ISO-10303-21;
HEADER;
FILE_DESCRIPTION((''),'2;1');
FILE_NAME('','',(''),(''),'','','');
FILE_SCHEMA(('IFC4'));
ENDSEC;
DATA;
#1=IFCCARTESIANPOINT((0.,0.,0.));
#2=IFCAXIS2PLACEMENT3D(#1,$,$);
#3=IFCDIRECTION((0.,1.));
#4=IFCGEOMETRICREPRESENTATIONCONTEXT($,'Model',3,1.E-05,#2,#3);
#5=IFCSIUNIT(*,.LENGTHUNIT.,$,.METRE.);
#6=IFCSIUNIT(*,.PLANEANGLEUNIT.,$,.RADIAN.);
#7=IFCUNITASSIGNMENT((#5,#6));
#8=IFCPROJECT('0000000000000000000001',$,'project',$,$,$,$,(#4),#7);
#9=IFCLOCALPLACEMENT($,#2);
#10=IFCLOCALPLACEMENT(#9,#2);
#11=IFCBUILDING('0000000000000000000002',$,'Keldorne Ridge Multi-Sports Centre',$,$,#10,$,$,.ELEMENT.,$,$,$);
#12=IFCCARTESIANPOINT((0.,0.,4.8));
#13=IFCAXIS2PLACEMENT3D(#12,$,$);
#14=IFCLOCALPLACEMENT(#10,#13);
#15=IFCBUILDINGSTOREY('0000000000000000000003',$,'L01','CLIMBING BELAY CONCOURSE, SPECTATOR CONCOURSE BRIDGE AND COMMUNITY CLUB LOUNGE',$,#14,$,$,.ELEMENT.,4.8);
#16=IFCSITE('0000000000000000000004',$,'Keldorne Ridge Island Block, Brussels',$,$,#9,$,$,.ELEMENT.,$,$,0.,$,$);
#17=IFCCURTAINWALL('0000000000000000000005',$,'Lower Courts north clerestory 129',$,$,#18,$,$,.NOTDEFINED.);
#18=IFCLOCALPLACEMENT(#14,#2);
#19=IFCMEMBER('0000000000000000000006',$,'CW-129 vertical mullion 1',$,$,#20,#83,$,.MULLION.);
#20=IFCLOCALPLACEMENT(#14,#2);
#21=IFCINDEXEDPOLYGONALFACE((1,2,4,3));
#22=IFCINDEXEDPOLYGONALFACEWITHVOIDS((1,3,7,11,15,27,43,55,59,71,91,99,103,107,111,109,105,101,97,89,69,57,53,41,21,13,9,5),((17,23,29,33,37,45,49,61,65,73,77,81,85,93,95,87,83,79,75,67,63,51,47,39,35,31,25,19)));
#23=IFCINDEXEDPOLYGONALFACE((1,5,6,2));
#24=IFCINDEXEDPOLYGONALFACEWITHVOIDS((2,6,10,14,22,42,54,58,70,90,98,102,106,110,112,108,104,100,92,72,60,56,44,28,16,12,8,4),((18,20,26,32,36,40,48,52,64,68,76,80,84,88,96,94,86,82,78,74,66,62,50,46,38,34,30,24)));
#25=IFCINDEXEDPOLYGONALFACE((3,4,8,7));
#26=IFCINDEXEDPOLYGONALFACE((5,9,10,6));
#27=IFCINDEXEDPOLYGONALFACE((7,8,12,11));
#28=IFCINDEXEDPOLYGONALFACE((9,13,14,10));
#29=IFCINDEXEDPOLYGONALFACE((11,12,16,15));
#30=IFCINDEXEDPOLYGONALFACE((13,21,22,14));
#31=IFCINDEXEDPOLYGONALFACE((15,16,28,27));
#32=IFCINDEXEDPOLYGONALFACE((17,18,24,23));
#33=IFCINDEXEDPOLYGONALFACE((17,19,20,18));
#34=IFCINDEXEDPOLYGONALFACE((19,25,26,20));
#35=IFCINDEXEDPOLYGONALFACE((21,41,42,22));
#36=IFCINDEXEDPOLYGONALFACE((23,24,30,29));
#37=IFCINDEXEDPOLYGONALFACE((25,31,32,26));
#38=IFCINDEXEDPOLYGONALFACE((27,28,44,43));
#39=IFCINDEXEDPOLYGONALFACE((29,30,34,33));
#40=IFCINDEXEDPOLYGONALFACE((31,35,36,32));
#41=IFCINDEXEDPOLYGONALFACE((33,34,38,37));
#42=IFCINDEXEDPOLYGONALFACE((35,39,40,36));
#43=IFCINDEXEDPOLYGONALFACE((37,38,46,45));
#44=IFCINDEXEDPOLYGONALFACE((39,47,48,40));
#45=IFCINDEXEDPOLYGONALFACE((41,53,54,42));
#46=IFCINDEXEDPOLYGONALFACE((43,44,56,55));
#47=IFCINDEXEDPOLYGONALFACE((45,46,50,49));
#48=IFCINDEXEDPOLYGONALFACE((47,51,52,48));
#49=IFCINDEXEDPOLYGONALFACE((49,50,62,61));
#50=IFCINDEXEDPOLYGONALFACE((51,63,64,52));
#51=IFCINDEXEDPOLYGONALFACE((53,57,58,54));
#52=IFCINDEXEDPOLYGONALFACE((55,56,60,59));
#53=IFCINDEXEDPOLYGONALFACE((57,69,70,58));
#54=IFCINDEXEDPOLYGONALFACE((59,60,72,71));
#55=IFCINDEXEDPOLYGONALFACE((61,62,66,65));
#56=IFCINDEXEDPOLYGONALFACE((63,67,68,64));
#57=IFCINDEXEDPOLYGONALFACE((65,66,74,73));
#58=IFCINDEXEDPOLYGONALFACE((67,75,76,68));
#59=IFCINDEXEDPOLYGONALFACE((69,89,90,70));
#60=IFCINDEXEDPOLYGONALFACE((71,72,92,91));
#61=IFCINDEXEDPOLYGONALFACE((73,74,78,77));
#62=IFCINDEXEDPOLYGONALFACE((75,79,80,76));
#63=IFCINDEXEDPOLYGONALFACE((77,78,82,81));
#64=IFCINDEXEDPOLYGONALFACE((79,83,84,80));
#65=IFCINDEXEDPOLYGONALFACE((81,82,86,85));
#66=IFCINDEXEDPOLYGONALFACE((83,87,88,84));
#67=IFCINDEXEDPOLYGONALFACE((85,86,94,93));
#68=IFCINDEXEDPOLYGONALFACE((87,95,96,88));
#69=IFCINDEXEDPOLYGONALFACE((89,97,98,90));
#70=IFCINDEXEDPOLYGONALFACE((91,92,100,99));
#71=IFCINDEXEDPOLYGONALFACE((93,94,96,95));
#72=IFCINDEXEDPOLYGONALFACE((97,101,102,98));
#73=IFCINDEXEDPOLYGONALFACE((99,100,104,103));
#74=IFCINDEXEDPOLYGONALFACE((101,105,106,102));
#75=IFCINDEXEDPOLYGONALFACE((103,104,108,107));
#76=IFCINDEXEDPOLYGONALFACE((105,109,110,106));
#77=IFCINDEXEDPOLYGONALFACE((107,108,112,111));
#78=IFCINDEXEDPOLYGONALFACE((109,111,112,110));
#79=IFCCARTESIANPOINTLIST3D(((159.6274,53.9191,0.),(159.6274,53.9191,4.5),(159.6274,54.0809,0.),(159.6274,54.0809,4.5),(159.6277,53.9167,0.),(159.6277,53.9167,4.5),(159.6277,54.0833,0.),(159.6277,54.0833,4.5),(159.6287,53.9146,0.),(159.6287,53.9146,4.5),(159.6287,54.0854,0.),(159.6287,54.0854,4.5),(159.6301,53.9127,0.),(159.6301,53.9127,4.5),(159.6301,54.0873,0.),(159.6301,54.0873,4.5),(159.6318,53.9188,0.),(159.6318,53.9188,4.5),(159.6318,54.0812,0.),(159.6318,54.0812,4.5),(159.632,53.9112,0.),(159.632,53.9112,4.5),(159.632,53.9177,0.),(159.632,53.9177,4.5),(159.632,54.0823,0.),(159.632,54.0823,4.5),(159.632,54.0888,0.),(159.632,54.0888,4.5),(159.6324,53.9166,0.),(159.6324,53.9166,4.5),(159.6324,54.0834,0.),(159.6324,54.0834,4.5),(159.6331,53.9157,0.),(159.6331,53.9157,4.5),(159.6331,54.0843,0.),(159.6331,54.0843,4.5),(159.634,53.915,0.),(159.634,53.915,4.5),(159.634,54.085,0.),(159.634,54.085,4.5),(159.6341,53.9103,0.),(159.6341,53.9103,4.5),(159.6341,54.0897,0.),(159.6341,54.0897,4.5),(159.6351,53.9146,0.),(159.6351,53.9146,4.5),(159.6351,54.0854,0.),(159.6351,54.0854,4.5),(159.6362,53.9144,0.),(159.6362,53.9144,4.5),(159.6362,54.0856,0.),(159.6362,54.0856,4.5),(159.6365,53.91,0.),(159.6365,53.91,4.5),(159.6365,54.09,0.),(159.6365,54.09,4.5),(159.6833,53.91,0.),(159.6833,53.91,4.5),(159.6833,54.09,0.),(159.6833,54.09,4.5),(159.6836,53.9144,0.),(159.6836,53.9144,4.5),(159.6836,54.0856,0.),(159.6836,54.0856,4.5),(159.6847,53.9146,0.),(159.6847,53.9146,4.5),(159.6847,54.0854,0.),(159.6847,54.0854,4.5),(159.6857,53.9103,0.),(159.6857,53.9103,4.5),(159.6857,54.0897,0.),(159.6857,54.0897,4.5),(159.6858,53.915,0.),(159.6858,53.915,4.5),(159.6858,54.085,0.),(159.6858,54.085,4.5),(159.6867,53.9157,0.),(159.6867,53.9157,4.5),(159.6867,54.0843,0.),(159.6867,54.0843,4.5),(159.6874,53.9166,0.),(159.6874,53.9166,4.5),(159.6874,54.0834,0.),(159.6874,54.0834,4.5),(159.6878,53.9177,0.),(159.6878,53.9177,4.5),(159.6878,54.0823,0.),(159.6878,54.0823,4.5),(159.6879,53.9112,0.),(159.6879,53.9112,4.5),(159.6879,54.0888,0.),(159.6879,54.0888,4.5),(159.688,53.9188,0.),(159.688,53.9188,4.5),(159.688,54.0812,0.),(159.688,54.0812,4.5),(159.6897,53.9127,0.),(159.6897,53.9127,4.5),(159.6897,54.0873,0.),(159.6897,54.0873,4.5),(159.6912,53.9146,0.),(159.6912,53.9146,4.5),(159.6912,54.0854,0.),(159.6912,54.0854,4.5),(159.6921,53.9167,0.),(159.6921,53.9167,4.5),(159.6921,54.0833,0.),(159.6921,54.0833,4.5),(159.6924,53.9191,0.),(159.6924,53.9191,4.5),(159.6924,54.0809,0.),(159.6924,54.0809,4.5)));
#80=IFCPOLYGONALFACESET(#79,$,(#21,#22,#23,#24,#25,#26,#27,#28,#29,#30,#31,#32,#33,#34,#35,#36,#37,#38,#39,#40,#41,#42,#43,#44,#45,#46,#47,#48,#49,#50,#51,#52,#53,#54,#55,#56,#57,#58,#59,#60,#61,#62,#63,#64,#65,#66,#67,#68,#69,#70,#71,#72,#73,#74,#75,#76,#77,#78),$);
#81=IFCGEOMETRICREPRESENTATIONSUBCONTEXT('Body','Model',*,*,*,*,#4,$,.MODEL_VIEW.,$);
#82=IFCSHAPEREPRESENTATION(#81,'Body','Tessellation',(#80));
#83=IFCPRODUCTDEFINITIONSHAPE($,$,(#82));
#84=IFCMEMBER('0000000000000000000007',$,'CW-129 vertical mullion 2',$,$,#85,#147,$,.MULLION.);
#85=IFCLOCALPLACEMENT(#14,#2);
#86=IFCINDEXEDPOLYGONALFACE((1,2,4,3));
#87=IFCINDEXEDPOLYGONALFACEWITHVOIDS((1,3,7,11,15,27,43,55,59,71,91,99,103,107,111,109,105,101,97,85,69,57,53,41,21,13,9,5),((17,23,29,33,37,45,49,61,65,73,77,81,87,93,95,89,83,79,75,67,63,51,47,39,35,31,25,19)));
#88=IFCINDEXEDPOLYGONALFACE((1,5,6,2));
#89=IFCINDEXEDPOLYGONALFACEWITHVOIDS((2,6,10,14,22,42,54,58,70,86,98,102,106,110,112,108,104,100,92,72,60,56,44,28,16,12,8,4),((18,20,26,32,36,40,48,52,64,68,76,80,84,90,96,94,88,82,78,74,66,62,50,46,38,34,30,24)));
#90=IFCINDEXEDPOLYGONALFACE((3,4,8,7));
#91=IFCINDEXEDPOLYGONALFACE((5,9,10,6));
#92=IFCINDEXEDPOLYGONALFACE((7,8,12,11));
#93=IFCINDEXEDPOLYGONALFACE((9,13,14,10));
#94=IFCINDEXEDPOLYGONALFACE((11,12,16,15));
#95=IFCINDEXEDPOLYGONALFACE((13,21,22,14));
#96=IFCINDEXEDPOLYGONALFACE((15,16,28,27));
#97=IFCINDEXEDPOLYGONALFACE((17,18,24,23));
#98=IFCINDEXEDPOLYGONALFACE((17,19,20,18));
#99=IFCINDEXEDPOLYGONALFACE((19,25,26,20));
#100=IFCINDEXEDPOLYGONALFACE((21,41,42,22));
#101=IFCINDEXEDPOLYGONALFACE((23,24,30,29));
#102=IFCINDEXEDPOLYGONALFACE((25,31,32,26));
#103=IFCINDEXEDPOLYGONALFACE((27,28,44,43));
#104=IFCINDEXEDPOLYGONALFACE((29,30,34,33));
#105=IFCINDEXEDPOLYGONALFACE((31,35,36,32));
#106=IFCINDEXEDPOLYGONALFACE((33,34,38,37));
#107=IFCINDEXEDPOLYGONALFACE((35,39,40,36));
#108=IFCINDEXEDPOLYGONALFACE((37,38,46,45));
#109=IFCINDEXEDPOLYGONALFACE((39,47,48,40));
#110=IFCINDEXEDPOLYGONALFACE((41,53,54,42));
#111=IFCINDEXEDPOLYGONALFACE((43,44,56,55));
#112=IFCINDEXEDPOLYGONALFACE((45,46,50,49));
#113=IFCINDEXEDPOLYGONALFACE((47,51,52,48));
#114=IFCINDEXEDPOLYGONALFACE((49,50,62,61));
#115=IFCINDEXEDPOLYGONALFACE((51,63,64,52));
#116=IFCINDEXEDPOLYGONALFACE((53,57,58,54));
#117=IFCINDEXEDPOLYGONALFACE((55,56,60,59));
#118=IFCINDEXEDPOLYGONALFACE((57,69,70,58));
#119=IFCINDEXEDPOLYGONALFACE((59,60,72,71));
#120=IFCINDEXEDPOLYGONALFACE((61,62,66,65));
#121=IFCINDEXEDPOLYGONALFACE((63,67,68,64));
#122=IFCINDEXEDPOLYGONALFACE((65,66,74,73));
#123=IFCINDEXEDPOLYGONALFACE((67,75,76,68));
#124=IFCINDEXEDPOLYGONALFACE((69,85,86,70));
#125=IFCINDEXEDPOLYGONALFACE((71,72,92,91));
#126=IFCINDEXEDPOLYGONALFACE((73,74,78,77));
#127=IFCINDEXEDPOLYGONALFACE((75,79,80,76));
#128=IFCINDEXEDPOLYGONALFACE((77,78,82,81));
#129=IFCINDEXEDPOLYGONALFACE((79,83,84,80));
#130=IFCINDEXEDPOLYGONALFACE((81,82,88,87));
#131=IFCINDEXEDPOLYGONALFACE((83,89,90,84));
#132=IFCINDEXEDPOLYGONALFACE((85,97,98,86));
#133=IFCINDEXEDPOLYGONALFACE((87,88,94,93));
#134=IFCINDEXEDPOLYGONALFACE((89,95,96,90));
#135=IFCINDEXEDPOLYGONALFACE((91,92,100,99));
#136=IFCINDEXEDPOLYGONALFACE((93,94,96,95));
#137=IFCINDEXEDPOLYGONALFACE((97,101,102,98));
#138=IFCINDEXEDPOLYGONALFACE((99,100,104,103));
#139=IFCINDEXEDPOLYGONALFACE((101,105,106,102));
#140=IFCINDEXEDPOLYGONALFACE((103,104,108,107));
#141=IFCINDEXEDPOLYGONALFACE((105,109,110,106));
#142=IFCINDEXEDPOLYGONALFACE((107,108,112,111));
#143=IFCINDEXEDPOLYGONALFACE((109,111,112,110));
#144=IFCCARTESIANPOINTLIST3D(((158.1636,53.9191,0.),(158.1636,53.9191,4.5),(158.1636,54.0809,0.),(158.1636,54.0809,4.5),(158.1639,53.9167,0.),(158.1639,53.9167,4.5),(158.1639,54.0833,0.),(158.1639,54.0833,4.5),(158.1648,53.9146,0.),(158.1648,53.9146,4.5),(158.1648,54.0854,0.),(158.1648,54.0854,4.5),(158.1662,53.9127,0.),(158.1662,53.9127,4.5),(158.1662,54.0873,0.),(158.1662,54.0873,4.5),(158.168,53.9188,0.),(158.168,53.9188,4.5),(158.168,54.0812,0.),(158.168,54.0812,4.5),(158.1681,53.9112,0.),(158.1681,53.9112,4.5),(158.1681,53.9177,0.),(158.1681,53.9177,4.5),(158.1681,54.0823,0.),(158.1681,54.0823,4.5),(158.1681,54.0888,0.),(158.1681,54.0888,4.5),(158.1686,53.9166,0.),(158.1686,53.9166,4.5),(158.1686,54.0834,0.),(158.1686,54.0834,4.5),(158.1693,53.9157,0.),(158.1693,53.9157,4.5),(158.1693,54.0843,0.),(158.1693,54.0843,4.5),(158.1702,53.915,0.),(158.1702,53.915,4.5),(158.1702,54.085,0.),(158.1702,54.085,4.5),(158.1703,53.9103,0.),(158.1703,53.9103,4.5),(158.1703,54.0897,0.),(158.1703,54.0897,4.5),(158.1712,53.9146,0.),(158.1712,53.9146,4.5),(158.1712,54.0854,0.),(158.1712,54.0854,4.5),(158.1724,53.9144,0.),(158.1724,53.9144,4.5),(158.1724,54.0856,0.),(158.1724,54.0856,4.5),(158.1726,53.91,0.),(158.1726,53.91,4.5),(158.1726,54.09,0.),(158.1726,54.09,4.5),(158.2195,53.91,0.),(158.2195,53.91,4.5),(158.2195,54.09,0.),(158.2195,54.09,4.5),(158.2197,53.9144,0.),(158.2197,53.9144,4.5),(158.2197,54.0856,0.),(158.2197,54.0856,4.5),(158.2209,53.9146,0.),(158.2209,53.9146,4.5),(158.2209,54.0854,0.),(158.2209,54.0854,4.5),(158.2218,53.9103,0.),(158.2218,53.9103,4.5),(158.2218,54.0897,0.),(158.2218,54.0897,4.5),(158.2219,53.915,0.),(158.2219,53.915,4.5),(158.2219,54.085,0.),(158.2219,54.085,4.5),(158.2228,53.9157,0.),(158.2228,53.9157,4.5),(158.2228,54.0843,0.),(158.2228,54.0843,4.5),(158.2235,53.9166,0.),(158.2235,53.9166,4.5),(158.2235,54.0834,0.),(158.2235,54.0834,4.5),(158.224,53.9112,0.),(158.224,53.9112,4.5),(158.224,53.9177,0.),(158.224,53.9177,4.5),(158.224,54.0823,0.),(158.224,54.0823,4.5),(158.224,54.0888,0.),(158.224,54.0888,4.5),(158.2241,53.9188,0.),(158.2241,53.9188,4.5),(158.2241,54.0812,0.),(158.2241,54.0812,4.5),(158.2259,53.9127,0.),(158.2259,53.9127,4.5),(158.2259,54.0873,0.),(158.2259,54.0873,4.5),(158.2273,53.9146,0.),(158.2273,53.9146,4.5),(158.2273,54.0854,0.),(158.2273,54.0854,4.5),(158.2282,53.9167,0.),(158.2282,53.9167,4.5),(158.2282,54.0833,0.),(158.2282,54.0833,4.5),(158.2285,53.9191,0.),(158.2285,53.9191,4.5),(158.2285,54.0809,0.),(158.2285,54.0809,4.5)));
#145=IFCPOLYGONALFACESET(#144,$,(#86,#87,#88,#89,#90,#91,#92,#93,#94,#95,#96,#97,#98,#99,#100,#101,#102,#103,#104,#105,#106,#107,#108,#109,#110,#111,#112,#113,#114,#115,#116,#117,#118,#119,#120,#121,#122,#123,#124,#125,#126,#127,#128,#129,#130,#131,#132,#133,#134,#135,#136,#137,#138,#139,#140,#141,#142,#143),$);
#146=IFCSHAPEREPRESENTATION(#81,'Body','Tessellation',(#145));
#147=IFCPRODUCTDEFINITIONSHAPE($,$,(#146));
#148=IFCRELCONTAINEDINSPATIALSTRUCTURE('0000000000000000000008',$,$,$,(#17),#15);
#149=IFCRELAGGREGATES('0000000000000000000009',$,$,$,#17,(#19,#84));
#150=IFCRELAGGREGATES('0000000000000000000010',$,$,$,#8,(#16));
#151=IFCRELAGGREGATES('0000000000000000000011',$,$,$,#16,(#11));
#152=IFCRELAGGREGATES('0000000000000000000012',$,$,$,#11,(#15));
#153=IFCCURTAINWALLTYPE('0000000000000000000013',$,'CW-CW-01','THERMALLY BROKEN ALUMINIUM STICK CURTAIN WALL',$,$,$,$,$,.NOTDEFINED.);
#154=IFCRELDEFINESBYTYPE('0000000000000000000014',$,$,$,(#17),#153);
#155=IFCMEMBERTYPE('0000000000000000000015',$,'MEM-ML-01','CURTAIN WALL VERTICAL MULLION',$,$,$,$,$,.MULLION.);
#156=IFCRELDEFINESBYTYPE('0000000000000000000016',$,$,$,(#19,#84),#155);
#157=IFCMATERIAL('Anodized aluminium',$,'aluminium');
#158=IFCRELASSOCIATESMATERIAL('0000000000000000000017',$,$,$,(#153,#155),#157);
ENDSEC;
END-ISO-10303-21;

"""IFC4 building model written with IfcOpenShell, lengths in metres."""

from ifc_helpers import new_model, si_unit, direction, frame, origin, origin_2d, place, context, subcontext, project, spatial, hollow_rectangle, extrude, material, material_profile, profile_set, type_object, element, aggregate, save


model = new_model("IFC4")

# Units and contexts
model_context = context("Model", 3, precision=1e-05, world=origin(), true_north=direction((0.0, 1.0)))
body_context = subcontext(model_context, "Body", "Model", "MODEL_VIEW")
ifc_project = project(units=[si_unit("LENGTHUNIT", "METRE"), si_unit("PLANEANGLEUNIT", "RADIAN")], contexts=[model_context])

# Site, building, storey
site_placement = place(None, origin())
site = spatial("IfcSite", under=ifc_project, at=site_placement, Name="Keldorne Ridge Island Block, Brussels", CompositionType="ELEMENT", RefElevation=0.0)
building_placement = place(site_placement, origin())
building = spatial("IfcBuilding", under=site, at=building_placement, Name="Keldorne Ridge Multi-Sports Centre", CompositionType="ELEMENT")
storey_placement = place(building_placement, frame((0.0, 0.0, 4.8)))
storey = spatial("IfcBuildingStorey", under=building, at=storey_placement, Name="L01", Description="CLIMBING BELAY CONCOURSE, SPECTATOR CONCOURSE BRIDGE AND COMMUNITY CLUB LOUNGE", CompositionType="ELEMENT", Elevation=4.8)

# Curtain wall, members
ifc_material_1 = material(Name="Anodized aluminium", Category="aluminium")
curtain_wall_type = type_object("IfcCurtainWallType", Name="CW-CW-01", Description="THERMALLY BROKEN ALUMINIUM STICK CURTAIN WALL", PredefinedType="NOTDEFINED", material=ifc_material_1)
curtain_wall_placement = place(storey_placement, origin())
curtain_wall = element("IfcCurtainWall", 1, at=curtain_wall_placement, inside=storey, type_object=curtain_wall_type, Name="Lower Courts north clerestory 129", PredefinedType="NOTDEFINED")
ifc_material_profile_1 = material_profile(ifc_material_1, hollow_rectangle(XDim=0.0649, YDim=0.1799, WallThickness=0.0044, InnerFilletRadius=0.0044, OuterFilletRadius=0.009, at=origin_2d()), Name="ALU MULLION 180x65x4.5")
ifc_profile_set_1 = profile_set([ifc_material_profile_1], Name="Anodized aluminium")
member_type_1 = type_object("IfcMemberType", Name="MEM-ML-01", Description="CURTAIN WALL VERTICAL MULLION", PredefinedType="MULLION", material=ifc_profile_set_1)
member_1_placement = place(storey_placement, frame((159.6599, 54.0, 0.0), z_axis=(0.0, 0.0, 1.0), x_axis=(1.0, 0.0, 0.0)))
member_1 = element("IfcMember", 2, at=member_1_placement, type_object=member_type_1, Name="CW-129 vertical mullion 1", PredefinedType="MULLION", context=body_context, shape_type="SweptSolid", body=[
    extrude(hollow_rectangle(XDim=0.0649, YDim=0.1799, WallThickness=0.0044, InnerFilletRadius=0.0044, OuterFilletRadius=0.009, at=origin_2d()), origin(), (0.0, 0.0, 1.0), 4.5),
])
member_2_placement = place(storey_placement, frame((158.196, 54.0, 0.0), z_axis=(0.0, 0.0, 1.0), x_axis=(1.0, 0.0, 0.0)))
member_2 = element("IfcMember", 3, at=member_2_placement, type_object=member_type_1, Name="CW-129 vertical mullion 2", PredefinedType="MULLION", context=body_context, shape_type="SweptSolid", body=[
    extrude(hollow_rectangle(XDim=0.0649, YDim=0.1799, WallThickness=0.0044, InnerFilletRadius=0.0044, OuterFilletRadius=0.009, at=origin_2d()), origin(), (0.0, 0.0, 1.0), 4.5),
])
aggregate(curtain_wall, [member_1, member_2])

save(model, "model.ifc")
